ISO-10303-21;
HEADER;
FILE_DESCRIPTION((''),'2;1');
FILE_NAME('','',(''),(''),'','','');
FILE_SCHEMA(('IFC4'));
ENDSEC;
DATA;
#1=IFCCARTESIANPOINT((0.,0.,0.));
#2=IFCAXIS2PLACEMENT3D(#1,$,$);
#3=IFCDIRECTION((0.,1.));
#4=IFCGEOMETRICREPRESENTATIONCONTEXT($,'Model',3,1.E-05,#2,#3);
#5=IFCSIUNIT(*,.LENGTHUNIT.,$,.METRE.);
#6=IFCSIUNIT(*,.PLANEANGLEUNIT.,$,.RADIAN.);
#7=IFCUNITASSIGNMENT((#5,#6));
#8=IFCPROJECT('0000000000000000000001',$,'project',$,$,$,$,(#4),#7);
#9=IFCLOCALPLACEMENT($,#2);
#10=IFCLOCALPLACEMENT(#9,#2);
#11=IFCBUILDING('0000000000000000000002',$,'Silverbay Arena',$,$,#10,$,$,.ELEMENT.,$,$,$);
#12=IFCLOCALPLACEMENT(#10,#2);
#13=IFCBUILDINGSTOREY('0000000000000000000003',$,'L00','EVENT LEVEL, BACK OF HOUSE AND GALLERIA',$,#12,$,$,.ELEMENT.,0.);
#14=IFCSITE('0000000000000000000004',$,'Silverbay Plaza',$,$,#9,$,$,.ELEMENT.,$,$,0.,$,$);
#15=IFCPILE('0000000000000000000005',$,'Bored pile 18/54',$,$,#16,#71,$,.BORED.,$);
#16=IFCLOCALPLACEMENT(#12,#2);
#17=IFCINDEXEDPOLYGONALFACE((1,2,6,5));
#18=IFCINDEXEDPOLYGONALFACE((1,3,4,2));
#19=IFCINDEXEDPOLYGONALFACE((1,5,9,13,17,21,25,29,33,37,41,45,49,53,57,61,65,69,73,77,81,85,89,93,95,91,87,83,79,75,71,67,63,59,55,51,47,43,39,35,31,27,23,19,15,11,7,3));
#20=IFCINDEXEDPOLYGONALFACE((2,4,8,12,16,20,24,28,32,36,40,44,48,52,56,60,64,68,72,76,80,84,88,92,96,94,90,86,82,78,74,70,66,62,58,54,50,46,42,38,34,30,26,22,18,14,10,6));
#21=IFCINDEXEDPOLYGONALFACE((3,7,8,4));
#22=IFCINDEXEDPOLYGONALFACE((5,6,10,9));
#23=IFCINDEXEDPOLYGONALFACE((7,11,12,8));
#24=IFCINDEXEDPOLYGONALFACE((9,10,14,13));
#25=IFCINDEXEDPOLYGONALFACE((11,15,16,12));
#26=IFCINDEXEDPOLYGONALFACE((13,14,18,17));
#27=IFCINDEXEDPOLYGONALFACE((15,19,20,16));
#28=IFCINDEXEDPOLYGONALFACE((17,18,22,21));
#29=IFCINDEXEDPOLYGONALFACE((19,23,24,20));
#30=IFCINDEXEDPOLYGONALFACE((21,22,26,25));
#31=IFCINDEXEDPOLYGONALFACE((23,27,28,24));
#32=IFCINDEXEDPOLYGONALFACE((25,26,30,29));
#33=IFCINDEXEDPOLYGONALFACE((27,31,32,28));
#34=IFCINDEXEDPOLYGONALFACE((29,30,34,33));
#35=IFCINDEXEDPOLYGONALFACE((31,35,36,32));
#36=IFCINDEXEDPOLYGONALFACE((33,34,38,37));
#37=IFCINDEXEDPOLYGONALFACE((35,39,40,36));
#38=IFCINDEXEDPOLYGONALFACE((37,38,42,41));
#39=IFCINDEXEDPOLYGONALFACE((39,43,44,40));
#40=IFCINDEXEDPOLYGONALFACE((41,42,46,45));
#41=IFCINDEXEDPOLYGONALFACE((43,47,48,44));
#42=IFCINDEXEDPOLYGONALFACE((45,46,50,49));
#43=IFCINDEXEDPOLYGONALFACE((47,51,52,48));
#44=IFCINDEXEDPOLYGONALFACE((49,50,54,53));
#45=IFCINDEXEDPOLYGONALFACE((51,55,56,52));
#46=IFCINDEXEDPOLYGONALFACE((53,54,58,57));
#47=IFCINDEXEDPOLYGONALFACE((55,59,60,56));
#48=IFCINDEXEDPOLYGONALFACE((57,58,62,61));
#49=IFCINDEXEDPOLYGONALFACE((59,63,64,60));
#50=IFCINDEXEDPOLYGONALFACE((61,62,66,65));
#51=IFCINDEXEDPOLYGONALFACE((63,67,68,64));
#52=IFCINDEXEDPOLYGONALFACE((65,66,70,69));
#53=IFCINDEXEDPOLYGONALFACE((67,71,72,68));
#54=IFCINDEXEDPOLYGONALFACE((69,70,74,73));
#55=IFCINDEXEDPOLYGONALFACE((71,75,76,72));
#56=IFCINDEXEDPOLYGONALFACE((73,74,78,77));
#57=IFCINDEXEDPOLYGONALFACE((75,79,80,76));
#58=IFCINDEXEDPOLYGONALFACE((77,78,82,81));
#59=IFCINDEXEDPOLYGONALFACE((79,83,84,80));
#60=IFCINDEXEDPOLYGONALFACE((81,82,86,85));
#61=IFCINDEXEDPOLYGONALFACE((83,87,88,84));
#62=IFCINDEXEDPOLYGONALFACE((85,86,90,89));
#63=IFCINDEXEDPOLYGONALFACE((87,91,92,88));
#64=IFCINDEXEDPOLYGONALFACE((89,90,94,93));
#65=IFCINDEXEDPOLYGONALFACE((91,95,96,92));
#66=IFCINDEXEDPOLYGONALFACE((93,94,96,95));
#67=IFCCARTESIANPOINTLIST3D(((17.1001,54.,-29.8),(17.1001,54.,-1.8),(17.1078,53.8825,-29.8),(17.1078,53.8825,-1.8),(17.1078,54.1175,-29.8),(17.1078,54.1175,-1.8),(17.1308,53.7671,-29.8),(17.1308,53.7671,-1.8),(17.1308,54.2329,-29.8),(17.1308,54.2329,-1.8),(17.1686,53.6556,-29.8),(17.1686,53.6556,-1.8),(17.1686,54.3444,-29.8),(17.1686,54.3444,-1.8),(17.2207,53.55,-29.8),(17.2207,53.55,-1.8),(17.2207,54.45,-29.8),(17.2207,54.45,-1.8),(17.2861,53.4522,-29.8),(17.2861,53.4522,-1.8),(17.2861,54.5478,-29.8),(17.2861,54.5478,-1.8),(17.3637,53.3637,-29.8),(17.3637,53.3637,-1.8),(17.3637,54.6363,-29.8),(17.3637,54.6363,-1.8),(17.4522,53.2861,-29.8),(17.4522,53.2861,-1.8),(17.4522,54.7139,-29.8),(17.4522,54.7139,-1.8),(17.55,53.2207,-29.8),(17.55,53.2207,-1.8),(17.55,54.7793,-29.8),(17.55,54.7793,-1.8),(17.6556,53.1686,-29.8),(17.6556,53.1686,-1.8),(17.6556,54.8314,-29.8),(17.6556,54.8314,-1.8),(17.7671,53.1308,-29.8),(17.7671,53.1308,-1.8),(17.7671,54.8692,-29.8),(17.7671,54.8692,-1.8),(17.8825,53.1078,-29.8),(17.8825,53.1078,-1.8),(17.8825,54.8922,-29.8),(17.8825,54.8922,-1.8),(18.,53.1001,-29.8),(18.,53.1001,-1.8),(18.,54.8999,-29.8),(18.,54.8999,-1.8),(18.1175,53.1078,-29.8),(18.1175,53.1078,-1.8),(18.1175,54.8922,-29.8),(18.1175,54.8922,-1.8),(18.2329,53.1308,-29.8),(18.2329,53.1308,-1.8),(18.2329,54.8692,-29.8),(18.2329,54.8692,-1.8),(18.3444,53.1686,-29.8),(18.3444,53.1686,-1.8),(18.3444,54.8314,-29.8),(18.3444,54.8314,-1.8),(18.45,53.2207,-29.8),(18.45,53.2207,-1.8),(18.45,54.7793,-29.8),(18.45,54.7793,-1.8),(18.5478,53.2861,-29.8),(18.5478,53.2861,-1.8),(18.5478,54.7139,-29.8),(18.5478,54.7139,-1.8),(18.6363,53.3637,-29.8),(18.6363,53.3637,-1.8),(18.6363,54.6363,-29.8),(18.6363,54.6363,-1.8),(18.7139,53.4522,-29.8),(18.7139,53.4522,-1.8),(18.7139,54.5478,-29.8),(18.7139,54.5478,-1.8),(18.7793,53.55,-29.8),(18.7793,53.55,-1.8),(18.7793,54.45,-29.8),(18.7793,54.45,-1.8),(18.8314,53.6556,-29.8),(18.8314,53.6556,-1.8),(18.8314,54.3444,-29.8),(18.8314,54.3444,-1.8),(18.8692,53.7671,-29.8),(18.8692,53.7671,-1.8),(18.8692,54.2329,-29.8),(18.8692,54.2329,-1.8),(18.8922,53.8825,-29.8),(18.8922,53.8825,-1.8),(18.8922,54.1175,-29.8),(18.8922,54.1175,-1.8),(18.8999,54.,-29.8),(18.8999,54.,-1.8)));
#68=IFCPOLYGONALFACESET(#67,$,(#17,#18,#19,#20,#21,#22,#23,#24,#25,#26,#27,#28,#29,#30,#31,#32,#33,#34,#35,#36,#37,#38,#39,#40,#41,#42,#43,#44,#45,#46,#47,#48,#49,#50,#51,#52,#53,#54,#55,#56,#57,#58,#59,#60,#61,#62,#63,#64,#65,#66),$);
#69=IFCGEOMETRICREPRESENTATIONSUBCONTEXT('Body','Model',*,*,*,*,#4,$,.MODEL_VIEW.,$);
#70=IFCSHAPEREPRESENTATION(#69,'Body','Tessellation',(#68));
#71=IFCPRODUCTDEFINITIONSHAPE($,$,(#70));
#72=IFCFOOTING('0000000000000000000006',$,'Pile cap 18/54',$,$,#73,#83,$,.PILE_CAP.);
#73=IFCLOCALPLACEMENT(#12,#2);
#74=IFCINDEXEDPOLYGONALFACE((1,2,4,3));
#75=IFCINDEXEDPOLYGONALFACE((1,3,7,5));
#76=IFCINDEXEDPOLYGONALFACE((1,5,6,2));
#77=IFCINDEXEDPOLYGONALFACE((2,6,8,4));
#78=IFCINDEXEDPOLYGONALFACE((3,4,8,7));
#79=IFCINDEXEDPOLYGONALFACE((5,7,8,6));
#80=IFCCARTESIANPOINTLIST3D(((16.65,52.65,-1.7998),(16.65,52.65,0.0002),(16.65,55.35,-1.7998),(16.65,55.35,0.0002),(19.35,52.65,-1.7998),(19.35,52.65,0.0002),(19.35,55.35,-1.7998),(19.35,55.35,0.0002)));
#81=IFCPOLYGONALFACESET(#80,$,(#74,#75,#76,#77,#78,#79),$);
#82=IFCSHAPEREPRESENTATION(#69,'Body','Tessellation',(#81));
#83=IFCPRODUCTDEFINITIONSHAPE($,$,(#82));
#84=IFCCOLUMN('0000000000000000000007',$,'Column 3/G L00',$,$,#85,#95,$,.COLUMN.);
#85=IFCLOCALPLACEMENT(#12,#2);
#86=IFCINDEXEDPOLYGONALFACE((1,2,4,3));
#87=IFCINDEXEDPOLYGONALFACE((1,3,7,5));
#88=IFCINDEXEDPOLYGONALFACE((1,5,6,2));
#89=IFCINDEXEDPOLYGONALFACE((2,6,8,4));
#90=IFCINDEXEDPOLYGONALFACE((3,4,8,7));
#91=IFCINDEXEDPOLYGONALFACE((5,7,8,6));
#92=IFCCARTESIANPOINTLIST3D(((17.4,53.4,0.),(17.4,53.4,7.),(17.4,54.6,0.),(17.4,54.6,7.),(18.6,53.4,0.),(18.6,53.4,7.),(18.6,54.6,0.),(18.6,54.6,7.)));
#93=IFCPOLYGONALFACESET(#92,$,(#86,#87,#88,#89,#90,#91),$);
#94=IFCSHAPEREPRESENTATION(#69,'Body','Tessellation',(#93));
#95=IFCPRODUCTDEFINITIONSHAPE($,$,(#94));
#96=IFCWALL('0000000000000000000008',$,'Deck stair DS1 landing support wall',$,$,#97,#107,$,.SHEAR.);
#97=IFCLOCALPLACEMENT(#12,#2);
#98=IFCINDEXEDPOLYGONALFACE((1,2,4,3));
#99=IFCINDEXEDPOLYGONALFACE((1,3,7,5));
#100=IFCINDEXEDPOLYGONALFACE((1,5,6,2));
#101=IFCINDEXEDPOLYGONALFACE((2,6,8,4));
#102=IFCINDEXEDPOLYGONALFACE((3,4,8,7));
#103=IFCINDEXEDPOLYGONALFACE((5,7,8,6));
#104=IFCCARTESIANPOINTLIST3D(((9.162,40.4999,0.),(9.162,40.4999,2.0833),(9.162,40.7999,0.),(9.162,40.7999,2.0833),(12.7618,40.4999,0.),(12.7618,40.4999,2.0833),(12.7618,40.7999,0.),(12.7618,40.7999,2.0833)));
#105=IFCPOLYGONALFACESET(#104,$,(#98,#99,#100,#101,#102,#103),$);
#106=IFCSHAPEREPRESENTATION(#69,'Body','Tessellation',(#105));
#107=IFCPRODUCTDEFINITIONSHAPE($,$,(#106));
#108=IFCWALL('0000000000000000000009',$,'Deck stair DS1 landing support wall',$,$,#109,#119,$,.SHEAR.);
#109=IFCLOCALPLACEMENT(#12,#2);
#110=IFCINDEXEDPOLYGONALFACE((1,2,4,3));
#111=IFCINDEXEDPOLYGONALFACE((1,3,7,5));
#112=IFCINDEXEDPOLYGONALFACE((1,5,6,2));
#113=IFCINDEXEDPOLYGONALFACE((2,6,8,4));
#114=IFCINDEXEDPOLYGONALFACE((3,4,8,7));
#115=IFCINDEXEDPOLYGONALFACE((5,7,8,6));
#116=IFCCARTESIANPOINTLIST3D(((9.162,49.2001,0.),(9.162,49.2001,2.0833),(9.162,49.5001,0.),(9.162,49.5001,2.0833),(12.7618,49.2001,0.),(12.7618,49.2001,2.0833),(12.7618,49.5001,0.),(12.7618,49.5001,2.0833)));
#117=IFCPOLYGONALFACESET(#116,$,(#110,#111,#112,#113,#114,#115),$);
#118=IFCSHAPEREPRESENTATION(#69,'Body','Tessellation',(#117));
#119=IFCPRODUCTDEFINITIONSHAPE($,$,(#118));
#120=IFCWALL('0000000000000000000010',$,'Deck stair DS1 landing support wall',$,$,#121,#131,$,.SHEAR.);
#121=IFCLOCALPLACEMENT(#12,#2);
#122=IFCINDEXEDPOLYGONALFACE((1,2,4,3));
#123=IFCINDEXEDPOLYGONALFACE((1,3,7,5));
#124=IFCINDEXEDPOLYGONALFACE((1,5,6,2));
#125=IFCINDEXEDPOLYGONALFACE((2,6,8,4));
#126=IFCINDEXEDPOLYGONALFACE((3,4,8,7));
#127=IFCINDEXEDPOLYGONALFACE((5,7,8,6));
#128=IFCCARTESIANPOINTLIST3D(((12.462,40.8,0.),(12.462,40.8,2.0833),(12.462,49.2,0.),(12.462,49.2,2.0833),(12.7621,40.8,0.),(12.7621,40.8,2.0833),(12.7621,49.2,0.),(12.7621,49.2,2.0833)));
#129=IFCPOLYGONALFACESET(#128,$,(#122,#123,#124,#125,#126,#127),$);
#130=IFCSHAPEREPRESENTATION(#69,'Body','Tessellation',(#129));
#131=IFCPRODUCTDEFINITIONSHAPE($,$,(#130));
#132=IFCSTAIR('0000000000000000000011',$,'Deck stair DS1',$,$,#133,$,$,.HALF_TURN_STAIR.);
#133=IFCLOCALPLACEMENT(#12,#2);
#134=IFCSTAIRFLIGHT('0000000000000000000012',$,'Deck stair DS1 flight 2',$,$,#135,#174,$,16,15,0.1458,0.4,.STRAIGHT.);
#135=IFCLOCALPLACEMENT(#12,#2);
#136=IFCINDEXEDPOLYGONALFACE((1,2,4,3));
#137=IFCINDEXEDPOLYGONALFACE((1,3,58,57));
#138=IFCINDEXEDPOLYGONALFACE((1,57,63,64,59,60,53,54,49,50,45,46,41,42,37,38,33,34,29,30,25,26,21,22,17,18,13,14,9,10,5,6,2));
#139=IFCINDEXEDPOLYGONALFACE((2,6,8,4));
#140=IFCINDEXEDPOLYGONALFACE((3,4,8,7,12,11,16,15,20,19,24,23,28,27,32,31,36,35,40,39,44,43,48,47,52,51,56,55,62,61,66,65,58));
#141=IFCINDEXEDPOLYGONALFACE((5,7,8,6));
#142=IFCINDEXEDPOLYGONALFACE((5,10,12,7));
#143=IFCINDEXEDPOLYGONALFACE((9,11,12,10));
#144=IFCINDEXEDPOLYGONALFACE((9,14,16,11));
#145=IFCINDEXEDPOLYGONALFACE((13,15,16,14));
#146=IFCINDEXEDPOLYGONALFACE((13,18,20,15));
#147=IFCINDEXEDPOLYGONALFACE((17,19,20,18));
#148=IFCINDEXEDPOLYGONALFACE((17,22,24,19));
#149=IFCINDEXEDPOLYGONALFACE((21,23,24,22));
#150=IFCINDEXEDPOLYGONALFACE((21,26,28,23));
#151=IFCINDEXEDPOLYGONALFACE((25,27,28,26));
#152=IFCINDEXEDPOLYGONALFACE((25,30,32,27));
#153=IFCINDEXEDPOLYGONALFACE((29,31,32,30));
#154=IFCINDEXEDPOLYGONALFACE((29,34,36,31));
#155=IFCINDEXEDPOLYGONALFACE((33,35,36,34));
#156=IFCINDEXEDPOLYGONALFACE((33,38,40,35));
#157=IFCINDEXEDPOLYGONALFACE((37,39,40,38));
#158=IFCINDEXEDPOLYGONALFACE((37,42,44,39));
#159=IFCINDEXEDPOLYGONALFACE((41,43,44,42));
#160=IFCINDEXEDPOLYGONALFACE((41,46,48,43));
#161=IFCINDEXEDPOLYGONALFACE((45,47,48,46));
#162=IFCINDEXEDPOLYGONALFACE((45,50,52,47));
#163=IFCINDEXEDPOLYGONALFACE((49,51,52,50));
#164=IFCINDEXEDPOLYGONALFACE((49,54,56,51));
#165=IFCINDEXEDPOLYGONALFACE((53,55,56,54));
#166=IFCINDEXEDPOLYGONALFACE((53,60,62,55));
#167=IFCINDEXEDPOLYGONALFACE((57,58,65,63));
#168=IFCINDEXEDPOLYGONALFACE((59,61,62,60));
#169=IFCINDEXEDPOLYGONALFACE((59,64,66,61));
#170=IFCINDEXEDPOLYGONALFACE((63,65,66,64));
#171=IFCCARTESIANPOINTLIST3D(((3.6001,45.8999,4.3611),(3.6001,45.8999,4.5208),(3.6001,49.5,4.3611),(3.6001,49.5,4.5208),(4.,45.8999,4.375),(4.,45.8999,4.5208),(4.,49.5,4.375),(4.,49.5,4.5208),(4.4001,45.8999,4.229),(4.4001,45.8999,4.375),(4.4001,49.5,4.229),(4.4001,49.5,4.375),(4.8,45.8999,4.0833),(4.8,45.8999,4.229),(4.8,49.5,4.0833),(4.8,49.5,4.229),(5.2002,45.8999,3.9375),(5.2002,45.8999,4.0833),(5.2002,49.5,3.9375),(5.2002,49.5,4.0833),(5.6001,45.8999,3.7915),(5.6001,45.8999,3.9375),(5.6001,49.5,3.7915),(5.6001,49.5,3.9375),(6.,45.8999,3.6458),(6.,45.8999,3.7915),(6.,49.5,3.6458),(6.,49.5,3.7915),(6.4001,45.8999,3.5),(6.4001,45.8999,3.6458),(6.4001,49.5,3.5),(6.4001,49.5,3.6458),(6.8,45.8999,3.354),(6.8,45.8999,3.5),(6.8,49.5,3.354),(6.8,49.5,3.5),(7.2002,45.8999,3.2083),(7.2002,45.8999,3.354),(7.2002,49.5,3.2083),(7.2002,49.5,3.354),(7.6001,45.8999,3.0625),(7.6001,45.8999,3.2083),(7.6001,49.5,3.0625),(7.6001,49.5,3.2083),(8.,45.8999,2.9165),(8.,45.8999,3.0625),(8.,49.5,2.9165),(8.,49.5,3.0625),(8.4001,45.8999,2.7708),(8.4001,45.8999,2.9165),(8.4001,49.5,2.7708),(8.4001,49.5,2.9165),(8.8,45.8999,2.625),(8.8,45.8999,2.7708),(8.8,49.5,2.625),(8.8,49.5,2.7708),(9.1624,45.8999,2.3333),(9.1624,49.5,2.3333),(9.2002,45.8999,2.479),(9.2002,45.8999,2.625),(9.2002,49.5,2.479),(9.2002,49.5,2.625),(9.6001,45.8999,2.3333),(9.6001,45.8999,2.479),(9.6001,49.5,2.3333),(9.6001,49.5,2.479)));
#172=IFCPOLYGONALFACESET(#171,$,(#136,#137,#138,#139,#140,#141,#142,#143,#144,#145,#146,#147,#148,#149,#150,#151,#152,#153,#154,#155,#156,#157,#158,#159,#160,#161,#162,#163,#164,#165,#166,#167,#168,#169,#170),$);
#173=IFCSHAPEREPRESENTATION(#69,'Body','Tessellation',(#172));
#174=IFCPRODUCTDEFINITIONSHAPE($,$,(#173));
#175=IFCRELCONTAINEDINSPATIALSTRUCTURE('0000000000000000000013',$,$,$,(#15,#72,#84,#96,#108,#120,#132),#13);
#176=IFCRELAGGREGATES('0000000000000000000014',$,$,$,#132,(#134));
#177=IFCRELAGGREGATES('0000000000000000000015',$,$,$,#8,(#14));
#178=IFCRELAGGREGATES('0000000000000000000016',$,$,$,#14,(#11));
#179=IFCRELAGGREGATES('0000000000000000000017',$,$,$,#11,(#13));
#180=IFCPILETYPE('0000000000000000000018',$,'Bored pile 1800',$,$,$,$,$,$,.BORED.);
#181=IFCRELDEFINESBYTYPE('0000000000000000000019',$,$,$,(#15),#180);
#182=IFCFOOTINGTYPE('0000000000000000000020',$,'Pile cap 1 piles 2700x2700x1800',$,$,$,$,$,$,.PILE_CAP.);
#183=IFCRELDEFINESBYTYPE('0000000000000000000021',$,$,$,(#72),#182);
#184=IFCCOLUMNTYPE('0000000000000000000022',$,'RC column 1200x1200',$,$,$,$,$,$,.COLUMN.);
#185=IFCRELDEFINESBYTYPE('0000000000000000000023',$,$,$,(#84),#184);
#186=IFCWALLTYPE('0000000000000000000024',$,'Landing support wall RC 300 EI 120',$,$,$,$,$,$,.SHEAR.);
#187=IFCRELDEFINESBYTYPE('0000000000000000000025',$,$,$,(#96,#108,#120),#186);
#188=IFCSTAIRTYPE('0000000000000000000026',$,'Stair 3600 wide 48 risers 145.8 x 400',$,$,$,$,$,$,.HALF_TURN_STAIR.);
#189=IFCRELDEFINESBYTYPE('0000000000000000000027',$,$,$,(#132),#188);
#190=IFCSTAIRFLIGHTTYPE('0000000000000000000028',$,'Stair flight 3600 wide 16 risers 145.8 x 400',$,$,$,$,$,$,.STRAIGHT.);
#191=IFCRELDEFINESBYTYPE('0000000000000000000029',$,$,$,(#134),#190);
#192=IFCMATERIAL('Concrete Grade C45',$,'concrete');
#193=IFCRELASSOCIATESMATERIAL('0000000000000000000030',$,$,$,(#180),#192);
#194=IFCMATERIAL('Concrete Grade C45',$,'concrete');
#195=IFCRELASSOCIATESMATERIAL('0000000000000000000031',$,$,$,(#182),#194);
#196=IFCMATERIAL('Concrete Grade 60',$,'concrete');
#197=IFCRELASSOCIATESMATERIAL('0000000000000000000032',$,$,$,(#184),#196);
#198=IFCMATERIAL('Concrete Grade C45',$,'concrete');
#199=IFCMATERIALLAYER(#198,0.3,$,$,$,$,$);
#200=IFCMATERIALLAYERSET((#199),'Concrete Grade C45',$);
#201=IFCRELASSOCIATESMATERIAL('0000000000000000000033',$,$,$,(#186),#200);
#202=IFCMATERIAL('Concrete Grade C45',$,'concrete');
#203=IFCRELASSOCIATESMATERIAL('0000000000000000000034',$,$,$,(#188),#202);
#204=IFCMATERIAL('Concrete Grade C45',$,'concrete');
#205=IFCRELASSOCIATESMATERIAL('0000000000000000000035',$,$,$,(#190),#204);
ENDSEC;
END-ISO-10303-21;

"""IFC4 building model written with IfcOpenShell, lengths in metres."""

from ifc_helpers import new_model, si_unit, direction, frame, frame_2d, origin, origin_2d, place, context, subcontext, project, spatial, polyline, rectangle, circle, outline, extrude, material, layer, layer_set, material_profile, profile_set, type_object, element, aggregate, save


model = new_model("IFC4")

# Units and contexts
model_context = context("Model", 3, precision=1e-05, world=origin(), true_north=direction((0.0, 1.0)))
body_context = subcontext(model_context, "Body", "Model", "MODEL_VIEW")
ifc_project = project(units=[si_unit("LENGTHUNIT", "METRE"), si_unit("PLANEANGLEUNIT", "RADIAN")], contexts=[model_context])

# Site, building, storey
site_placement = place(None, origin())
site = spatial("IfcSite", under=ifc_project, at=site_placement, Name="Silverbay Plaza", CompositionType="ELEMENT", RefElevation=0.0)
building_placement = place(site_placement, origin())
building = spatial("IfcBuilding", under=site, at=building_placement, Name="Silverbay Arena", CompositionType="ELEMENT")
storey_placement = place(building_placement, origin())
storey = spatial("IfcBuildingStorey", under=building, at=storey_placement, Name="L00", Description="EVENT LEVEL, BACK OF HOUSE AND GALLERIA", CompositionType="ELEMENT", Elevation=0.0)

# Pile
ifc_material_1 = material(Name="Concrete Grade C45", Category="concrete")
ifc_material_profile_1 = material_profile(ifc_material_1, circle(Radius=0.8999, at=origin_2d()), Name="Bored pile 1800")
ifc_profile_set_1 = profile_set([ifc_material_profile_1], Name="Concrete Grade C45")
pile_type = type_object("IfcPileType", Name="Bored pile 1800", PredefinedType="BORED", material=ifc_profile_set_1)
pile_placement = place(storey_placement, frame((18.0, 54.0, -1.8), z_axis=(0.0, 0.0, -1.0), x_axis=(1.0, 0.0, 0.0)))
element("IfcPile", 1, at=pile_placement, inside=storey, type_object=pile_type, Name="Bored pile 18/54", PredefinedType="BORED", context=body_context, shape_type="SweptSolid", body=[
    extrude(circle(Radius=0.8999, at=origin_2d()), origin(), (0.0, 0.0, 1.0), 28.0),
])

# Footing
ifc_material_2 = material(Name="Concrete Grade C45", Category="concrete")
footing_type = type_object("IfcFootingType", Name="Pile cap 1 piles 2700x2700x1800", PredefinedType="PILE_CAP", material=ifc_material_2)
footing_placement = place(storey_placement, frame((18.0, 54.0, -1.7998), z_axis=(0.0, 0.0, 1.0), x_axis=(1.0, 0.0, 0.0)))
element("IfcFooting", 2, at=footing_placement, inside=storey, type_object=footing_type, Name="Pile cap 18/54", PredefinedType="PILE_CAP", context=body_context, shape_type="SweptSolid", body=[
    extrude(rectangle(XDim=2.7, YDim=2.7, at=origin_2d()), origin(), (0.0, 0.0, 1.0), 1.8),
])

# Column
ifc_material_3 = material(Name="Concrete Grade 60", Category="concrete")
ifc_material_profile_2 = material_profile(ifc_material_3, rectangle(XDim=1.2, YDim=1.2, at=origin_2d()), Name="RC 1200x1200")
ifc_profile_set_2 = profile_set([ifc_material_profile_2], Name="Concrete Grade 60")
column_type = type_object("IfcColumnType", Name="RC column 1200x1200", PredefinedType="COLUMN", material=ifc_profile_set_2)
column_placement = place(storey_placement, frame((18.0, 54.0, 0.0), z_axis=(0.0, 0.0, 1.0), x_axis=(1.0, 0.0, 0.0)))
element("IfcColumn", 3, at=column_placement, inside=storey, type_object=column_type, Name="Column 3/G L00", PredefinedType="COLUMN", context=body_context, shape_type="SweptSolid", body=[
    extrude(rectangle(XDim=1.2, YDim=1.2, at=origin_2d()), origin(), (0.0, 0.0, 1.0), 7.0),
])

# Walls
ifc_material_4 = material(Name="Concrete Grade C45", Category="concrete")
ifc_layer_1 = layer(ifc_material_4, 0.3)
ifc_layer_set_1 = layer_set([ifc_layer_1], Name="Concrete Grade C45")
wall_type_1 = type_object("IfcWallType", Name="Landing support wall RC 300 EI 120", PredefinedType="SHEAR", material=ifc_layer_set_1)
for number, where, z_axis, x_axis, name in (
    (4, (9.1621, 40.6499, 0.0), (0.0, 0.0, 1.0), (1.0, 0.0, 0.0), "Deck stair DS1 landing support wall"),
    (5, (9.1621, 49.3501, 0.0), (0.0, 0.0, 1.0), (1.0, 0.0, 0.0), "Deck stair DS1 landing support wall"),
):
    element("IfcWall", number, at=place(storey_placement, frame(where, z_axis=z_axis, x_axis=x_axis)), inside=storey, type_object=wall_type_1, Name=name, PredefinedType="SHEAR", context=body_context, shape_type="SweptSolid", body=[
        extrude(rectangle(XDim=3.5999, YDim=0.3, at=frame_2d((1.7998, 0.0))), origin(), (0.0, 0.0, 1.0), 2.0833),
    ])
wall_1_placement = place(storey_placement, frame((12.6121, 40.8, 0.0), z_axis=(0.0, 0.0, 1.0), x_axis=(0.0, 1.0, 0.0)))
element("IfcWall", 6, at=wall_1_placement, inside=storey, type_object=wall_type_1, Name="Deck stair DS1 landing support wall", PredefinedType="SHEAR", context=body_context, shape_type="SweptSolid", body=[
    extrude(rectangle(XDim=8.3999, YDim=0.3, at=frame_2d((4.2, 0.0))), origin(), (0.0, 0.0, 1.0), 2.0833),
])

# Stair, stair flight
ifc_material_5 = material(Name="Concrete Grade C45", Category="concrete")
stair_type = type_object("IfcStairType", Name="Stair 3600 wide 48 risers 145.8 x 400", PredefinedType="HALF_TURN_STAIR", material=ifc_material_5)
stair_placement = place(storey_placement, origin())
stair = element("IfcStair", 7, at=stair_placement, inside=storey, type_object=stair_type, Name="Deck stair DS1", PredefinedType="HALF_TURN_STAIR")
ifc_material_6 = material(Name="Concrete Grade C45", Category="concrete")
stair_flight_type = type_object("IfcStairFlightType", Name="Stair flight 3600 wide 16 risers 145.8 x 400", PredefinedType="STRAIGHT", material=ifc_material_6)
stair_flight_placement = place(storey_placement, frame((9.6001, 47.7, 2.3333), z_axis=(0.0, 0.0, 1.0), x_axis=(-1.0, 0.0, 0.0)))
stair_flight = element("IfcStairFlight", 8, at=stair_flight_placement, type_object=stair_flight_type, Name="Deck stair DS1 flight 2", NumberOfRisers=16, NumberOfTreads=15, PredefinedType="STRAIGHT", RiserHeight=0.1458, TreadLength=0.4, context=body_context, shape_type="SweptSolid", body=[
    extrude(outline(polyline([(0.0, 0.0), (0.0, 0.1458), (0.3999, 0.1458), (0.3999, 0.2917), (0.8, 0.2917), (0.8, 0.4375), (1.2, 0.4375), (1.2, 0.5833), (1.6001, 0.5833), (1.6001, 0.7292), (2.0, 0.7292), (2.0, 0.875), (2.3999, 0.875), (2.3999, 1.0208), (2.8, 1.0208), (2.8, 1.1667), (3.2, 1.1667), (3.2, 1.3125), (3.6001, 1.3125), (3.6001, 1.4583), (4.0, 1.4583), (4.0, 1.6042), (4.3999, 1.6042), (4.3999, 1.75), (4.8, 1.75), (4.8, 1.8958), (5.2, 1.8958), (5.2, 2.0417), (5.6001, 2.0417), (5.6001, 2.1875), (6.0, 2.1875), (6.0, 2.0278), (0.4377, 0.0), (0.0, 0.0)])), frame((0.0, 1.8, 0.0), z_axis=(0.0, -1.0, 0.0), x_axis=(1.0, 0.0, 0.0)), (0.0, 0.0, 1.0), 3.6001),
])
aggregate(stair, [stair_flight])

save(model, "model.ifc")
